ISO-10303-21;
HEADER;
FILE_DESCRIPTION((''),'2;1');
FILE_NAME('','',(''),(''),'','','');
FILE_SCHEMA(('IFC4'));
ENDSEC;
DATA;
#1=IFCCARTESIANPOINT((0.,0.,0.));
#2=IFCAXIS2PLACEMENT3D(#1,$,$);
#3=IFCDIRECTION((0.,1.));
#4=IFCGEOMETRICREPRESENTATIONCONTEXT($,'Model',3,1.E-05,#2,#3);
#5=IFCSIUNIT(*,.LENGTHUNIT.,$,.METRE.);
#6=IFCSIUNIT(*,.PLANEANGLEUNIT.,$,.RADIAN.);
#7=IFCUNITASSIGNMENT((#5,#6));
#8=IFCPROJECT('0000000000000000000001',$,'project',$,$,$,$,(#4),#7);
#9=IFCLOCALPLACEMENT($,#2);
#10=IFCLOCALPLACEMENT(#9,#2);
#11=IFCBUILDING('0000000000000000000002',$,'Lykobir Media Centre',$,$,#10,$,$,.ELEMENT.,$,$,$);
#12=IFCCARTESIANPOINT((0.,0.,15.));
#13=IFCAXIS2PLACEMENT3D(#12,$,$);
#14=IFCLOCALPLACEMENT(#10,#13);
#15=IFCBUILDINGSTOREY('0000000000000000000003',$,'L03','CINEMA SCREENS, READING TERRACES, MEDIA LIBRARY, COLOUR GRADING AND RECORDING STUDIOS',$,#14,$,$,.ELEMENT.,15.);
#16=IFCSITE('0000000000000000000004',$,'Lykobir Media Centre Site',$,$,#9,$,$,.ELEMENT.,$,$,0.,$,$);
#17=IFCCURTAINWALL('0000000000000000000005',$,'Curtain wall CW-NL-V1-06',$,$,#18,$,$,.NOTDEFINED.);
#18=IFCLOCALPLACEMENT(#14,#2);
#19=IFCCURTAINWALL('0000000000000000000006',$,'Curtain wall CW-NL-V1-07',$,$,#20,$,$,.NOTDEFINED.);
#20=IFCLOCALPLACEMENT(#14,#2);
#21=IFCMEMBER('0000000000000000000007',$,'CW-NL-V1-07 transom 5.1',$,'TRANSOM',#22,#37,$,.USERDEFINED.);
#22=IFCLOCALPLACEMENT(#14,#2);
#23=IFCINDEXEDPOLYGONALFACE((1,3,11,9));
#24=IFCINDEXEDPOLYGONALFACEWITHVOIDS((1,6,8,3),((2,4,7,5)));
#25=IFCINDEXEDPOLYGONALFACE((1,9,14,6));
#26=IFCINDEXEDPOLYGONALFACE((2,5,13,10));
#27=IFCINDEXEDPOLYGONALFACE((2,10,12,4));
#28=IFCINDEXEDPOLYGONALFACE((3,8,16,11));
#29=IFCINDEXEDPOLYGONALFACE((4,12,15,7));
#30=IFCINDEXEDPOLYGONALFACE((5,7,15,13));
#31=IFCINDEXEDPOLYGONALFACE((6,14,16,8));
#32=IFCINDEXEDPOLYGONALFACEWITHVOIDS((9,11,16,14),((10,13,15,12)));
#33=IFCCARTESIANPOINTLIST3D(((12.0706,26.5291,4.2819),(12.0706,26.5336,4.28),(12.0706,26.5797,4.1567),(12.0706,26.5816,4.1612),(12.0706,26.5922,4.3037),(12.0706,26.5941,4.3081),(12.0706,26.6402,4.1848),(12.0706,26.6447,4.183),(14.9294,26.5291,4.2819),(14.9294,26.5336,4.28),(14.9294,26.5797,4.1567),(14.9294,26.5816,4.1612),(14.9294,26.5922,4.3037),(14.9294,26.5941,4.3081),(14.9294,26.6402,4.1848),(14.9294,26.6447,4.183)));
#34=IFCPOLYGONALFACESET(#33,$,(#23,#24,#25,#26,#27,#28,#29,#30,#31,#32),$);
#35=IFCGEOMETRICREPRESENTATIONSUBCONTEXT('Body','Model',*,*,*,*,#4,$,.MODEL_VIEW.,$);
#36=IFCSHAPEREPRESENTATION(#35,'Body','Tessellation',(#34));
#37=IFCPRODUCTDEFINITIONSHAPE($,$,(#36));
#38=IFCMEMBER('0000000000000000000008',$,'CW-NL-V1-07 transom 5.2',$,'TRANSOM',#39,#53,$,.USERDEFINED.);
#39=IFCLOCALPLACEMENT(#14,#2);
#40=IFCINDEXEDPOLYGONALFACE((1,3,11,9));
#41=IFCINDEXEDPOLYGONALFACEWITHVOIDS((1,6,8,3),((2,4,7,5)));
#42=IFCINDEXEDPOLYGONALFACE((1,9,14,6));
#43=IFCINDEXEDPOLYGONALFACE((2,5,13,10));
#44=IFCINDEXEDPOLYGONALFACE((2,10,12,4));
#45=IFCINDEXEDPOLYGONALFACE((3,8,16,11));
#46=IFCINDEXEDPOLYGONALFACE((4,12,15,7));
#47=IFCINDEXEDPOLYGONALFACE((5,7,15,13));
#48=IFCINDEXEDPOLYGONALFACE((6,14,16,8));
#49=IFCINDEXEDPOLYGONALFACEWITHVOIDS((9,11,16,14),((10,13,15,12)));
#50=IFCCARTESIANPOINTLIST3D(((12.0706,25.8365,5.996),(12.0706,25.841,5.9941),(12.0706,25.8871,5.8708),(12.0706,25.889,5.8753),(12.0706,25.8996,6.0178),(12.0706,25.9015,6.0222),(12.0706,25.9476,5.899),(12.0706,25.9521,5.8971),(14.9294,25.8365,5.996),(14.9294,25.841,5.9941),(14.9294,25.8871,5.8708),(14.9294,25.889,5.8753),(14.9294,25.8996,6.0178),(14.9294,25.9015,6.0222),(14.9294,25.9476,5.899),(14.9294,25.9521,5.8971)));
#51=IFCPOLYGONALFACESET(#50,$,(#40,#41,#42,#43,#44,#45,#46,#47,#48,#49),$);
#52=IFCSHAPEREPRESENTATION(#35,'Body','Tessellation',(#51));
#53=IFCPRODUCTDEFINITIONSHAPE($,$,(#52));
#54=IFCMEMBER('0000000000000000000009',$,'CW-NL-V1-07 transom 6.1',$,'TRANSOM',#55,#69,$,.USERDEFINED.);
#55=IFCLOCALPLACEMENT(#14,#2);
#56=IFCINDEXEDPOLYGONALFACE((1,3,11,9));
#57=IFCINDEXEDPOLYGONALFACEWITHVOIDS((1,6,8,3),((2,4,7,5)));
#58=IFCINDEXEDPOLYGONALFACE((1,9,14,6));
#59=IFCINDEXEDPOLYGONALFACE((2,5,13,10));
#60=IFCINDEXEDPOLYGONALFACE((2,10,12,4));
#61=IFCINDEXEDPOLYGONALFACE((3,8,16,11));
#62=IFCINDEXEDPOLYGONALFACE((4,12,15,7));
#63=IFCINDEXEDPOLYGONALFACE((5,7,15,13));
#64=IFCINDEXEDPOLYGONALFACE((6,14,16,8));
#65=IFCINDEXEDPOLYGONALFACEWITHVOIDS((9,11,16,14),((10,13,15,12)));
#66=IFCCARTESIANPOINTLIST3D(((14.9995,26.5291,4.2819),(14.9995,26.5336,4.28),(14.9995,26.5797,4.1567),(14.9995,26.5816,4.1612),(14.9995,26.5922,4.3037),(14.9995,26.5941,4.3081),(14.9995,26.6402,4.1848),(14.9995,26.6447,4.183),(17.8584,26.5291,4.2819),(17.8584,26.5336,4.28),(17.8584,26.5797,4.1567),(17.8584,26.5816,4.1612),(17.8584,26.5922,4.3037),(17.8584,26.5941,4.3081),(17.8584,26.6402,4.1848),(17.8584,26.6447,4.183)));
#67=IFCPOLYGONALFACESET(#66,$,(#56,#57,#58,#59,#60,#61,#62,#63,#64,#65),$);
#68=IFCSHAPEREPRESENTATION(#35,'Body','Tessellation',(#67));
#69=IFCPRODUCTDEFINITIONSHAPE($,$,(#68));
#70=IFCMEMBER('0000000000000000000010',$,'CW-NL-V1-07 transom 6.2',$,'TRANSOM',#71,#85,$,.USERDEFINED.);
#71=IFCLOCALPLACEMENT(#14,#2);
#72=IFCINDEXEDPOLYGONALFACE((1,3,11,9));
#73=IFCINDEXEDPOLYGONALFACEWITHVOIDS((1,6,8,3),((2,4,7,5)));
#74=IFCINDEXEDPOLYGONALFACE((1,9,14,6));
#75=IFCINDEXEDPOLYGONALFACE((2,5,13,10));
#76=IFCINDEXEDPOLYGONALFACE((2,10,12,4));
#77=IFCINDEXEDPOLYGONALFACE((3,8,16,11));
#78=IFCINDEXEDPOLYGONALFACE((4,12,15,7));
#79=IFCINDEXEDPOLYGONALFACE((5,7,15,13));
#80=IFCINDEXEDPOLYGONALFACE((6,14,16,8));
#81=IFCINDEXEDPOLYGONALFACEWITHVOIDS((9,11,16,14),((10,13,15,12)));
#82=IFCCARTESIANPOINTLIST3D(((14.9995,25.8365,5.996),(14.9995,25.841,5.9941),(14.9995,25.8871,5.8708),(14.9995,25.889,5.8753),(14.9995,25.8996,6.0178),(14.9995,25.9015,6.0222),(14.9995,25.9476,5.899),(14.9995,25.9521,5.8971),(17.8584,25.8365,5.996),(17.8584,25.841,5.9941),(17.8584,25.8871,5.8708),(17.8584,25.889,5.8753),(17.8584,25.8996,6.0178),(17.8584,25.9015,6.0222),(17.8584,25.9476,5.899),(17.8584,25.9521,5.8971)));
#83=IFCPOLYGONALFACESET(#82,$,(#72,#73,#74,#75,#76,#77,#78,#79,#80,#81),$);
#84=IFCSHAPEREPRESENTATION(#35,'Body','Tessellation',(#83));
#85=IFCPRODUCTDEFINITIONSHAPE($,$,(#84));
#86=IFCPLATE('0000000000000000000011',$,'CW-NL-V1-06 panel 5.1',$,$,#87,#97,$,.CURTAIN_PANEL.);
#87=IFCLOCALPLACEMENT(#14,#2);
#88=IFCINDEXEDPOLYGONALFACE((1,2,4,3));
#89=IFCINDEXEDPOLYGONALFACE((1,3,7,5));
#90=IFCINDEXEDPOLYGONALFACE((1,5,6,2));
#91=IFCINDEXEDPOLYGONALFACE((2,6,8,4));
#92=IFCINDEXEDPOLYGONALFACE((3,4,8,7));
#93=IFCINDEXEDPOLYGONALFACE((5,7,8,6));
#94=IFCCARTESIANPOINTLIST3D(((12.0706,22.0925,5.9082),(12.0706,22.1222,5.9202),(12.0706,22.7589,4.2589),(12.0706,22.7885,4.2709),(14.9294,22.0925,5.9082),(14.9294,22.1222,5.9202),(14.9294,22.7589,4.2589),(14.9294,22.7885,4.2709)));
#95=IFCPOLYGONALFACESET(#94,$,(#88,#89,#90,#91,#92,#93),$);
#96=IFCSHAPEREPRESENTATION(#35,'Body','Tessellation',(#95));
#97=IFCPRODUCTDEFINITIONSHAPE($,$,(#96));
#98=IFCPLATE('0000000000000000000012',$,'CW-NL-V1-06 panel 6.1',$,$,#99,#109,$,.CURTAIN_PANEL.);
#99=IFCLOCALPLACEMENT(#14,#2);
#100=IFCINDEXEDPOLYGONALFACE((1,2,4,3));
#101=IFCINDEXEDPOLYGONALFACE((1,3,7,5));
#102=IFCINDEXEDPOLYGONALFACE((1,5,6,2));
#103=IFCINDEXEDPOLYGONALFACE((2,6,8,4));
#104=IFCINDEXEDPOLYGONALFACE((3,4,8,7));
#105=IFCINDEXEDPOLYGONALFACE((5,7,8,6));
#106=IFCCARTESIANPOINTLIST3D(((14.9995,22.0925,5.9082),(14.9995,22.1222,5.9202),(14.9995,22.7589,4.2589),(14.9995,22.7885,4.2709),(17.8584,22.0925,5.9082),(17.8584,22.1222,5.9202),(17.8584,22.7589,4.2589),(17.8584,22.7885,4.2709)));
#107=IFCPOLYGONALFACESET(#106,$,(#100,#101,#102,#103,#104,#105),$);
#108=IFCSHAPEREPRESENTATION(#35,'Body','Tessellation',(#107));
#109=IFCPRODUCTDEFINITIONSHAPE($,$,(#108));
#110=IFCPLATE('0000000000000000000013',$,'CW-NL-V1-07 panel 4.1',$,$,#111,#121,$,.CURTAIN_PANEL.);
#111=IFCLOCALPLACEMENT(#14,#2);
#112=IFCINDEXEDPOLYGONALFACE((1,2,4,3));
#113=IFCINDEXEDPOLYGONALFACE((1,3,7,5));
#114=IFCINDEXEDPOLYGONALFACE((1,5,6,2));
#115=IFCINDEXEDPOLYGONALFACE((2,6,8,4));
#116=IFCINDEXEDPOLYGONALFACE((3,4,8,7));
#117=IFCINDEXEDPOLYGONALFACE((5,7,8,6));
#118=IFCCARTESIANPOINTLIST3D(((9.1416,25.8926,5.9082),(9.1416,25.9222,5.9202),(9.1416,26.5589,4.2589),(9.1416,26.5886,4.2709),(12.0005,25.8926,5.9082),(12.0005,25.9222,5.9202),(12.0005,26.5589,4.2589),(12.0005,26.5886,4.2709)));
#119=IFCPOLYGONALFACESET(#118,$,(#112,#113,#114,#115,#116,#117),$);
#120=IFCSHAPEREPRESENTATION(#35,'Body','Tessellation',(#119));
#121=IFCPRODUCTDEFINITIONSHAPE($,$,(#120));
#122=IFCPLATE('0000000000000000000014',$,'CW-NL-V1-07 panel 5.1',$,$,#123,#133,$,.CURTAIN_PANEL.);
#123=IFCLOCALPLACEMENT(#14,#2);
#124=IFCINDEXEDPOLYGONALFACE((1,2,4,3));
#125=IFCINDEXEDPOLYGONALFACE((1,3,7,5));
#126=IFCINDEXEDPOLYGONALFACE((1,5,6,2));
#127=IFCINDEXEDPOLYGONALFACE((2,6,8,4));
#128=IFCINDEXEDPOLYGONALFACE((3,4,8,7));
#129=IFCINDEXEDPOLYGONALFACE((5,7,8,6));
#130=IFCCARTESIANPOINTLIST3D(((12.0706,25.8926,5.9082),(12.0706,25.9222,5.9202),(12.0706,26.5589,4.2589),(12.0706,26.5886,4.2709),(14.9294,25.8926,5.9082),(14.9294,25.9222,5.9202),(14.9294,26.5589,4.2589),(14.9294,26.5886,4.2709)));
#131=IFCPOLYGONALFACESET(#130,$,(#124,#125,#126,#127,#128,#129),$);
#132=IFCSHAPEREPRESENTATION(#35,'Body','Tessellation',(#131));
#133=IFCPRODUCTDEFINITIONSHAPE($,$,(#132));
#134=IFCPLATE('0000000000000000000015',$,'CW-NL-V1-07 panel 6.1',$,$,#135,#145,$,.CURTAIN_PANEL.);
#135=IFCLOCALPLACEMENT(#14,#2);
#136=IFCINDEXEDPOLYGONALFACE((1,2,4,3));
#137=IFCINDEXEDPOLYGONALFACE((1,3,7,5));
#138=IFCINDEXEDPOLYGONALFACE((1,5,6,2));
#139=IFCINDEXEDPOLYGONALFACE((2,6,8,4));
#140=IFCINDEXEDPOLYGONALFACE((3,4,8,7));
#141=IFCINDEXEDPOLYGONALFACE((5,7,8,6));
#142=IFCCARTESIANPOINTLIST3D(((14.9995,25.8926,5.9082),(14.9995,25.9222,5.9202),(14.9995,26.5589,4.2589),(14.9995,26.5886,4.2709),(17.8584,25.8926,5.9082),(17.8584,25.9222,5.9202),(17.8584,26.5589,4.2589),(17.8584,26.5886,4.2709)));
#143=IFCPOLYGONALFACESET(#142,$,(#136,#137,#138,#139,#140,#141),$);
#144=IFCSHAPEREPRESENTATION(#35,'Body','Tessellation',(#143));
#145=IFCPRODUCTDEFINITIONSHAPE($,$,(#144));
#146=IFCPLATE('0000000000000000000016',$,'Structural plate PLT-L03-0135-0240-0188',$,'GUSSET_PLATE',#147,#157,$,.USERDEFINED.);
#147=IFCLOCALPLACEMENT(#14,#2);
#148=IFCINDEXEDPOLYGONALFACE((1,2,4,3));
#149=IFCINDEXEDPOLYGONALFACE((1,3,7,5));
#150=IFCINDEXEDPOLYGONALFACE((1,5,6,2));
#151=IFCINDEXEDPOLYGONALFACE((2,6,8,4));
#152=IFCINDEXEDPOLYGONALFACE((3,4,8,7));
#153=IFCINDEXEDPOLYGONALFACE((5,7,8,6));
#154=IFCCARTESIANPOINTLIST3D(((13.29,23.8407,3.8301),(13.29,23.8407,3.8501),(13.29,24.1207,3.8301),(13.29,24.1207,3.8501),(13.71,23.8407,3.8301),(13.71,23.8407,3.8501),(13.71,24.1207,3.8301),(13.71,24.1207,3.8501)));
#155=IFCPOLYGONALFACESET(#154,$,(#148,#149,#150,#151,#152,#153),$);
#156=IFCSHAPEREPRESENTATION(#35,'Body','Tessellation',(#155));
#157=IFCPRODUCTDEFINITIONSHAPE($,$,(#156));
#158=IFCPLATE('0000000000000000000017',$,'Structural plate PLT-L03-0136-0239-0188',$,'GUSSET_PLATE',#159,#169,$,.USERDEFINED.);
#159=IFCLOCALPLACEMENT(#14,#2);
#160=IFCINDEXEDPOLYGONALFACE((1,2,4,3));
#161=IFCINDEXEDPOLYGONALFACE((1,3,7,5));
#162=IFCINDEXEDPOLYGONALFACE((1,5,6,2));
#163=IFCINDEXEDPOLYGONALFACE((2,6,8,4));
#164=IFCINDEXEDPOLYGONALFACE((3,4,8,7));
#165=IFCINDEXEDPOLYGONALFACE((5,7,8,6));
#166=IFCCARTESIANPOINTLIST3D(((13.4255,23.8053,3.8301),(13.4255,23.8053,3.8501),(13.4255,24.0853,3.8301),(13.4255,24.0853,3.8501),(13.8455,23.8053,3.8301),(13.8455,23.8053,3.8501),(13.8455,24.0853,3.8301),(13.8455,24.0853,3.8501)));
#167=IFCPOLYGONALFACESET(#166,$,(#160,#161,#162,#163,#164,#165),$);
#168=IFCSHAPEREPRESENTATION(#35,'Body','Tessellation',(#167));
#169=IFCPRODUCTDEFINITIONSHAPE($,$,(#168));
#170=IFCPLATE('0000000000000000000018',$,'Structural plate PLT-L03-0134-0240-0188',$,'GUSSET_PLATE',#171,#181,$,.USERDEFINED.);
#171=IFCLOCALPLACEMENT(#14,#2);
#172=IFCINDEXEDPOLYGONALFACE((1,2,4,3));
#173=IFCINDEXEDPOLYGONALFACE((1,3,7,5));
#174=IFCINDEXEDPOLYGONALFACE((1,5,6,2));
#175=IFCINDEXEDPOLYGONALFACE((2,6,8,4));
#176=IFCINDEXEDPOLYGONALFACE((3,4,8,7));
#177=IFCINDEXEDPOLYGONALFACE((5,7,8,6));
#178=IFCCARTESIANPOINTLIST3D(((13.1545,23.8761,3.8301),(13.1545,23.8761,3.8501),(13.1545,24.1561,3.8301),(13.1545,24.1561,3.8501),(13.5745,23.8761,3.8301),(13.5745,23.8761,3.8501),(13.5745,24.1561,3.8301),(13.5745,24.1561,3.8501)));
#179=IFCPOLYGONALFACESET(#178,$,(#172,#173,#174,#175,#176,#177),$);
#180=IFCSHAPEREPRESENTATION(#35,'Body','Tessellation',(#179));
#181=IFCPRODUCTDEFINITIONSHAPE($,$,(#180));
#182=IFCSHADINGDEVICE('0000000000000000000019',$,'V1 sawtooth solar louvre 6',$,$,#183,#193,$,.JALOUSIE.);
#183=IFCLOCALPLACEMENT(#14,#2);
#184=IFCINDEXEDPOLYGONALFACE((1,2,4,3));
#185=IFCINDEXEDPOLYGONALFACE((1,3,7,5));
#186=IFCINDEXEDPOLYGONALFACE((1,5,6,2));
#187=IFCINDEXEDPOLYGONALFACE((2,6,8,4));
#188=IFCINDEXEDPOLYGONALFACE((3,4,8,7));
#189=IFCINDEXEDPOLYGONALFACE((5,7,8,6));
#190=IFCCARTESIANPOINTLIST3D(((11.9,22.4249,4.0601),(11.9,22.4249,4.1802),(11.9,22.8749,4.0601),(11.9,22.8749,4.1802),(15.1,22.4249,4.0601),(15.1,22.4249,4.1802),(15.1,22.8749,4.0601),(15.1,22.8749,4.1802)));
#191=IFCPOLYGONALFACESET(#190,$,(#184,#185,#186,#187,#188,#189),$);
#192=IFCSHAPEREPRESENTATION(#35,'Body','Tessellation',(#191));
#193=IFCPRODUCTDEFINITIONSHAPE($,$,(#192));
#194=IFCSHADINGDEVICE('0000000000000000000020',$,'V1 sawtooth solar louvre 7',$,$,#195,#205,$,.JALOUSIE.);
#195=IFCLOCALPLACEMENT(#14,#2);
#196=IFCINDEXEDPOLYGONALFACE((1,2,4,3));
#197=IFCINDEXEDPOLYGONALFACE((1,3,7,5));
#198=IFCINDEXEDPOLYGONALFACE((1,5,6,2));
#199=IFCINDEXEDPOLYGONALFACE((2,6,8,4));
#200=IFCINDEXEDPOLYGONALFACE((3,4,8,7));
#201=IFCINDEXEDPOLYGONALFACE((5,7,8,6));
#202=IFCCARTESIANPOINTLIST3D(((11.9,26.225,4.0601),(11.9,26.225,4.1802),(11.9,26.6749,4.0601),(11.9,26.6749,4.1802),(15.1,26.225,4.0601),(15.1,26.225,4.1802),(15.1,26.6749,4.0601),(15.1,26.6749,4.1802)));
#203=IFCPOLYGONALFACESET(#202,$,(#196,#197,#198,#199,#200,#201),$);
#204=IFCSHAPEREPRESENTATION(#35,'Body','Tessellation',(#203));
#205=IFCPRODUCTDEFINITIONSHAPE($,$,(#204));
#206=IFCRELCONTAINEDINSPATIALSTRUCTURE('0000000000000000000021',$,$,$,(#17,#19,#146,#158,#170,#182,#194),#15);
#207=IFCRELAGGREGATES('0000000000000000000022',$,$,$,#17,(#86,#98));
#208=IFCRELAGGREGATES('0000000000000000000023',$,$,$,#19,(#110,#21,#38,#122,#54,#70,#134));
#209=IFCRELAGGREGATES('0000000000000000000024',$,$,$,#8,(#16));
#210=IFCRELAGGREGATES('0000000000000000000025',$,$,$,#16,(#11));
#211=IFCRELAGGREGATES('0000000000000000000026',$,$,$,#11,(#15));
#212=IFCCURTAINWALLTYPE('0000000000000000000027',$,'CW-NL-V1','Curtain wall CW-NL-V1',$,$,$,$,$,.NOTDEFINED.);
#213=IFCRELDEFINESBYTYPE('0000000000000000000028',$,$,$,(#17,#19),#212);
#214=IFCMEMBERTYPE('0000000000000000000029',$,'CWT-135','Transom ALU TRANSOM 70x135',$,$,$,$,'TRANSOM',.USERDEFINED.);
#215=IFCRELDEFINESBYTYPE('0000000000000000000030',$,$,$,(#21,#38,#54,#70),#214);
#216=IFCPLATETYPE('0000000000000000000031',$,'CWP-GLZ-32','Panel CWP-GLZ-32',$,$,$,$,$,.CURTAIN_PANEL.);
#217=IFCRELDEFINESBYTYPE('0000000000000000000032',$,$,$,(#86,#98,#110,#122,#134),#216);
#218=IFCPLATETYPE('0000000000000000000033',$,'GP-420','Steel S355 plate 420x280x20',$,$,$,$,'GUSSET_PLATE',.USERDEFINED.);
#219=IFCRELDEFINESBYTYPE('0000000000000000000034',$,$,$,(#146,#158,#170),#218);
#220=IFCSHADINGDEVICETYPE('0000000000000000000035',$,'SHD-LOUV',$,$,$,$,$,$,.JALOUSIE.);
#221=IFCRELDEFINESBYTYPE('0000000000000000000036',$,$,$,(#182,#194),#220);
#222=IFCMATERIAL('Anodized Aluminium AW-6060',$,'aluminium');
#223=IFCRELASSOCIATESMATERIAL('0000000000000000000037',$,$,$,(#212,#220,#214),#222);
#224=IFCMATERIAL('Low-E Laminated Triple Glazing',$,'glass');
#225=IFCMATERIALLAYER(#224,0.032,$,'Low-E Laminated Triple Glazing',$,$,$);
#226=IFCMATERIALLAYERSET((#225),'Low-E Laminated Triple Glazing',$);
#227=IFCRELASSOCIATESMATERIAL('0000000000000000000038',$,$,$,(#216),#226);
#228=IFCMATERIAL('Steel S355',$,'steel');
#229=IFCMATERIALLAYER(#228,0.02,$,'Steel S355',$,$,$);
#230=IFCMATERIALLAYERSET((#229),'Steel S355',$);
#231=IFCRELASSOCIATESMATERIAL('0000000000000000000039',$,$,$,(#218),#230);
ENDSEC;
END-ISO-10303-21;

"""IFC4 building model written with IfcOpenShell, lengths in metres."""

from ifc_helpers import new_model, si_unit, direction, frame, origin, origin_2d, place, context, subcontext, project, spatial, rectangle, hollow_rectangle, extrude, material, layer, layer_set, material_profile, profile_set, type_object, element, aggregate, save


model = new_model("IFC4")

# Units and contexts
model_context = context("Model", 3, precision=1e-05, world=origin(), true_north=direction((0.0, 1.0)))
body_context = subcontext(model_context, "Body", "Model", "MODEL_VIEW")
ifc_project = project(units=[si_unit("LENGTHUNIT", "METRE"), si_unit("PLANEANGLEUNIT", "RADIAN")], contexts=[model_context])

# Site, building, storey
site_placement = place(None, origin())
site = spatial("IfcSite", under=ifc_project, at=site_placement, Name="Lykobir Media Centre Site", CompositionType="ELEMENT", RefElevation=0.0)
building_placement = place(site_placement, origin())
building = spatial("IfcBuilding", under=site, at=building_placement, Name="Lykobir Media Centre", CompositionType="ELEMENT")
storey_placement = place(building_placement, frame((0.0, 0.0, 15.0)))
storey = spatial("IfcBuildingStorey", under=building, at=storey_placement, Name="L03", Description="CINEMA SCREENS, READING TERRACES, MEDIA LIBRARY, COLOUR GRADING AND RECORDING STUDIOS", CompositionType="ELEMENT", Elevation=15.0)

# Shared definitions
ifc_material_1 = material(Name="Steel S355", Category="steel")

# Curtain walls
ifc_material_2 = material(Name="Anodized Aluminium AW-6060", Category="aluminium")
curtain_wall_type = type_object("IfcCurtainWallType", Name="CW-NL-V1", Description="Curtain wall CW-NL-V1", PredefinedType="NOTDEFINED", material=ifc_material_2)
curtain_wall_1_placement = place(storey_placement, origin())
curtain_wall_1 = element("IfcCurtainWall", 1, at=curtain_wall_1_placement, inside=storey, type_object=curtain_wall_type, Name="Curtain wall CW-NL-V1-06", PredefinedType="NOTDEFINED")
curtain_wall_2_placement = place(storey_placement, origin())
curtain_wall_2 = element("IfcCurtainWall", 2, at=curtain_wall_2_placement, inside=storey, type_object=curtain_wall_type, Name="Curtain wall CW-NL-V1-07", PredefinedType="NOTDEFINED")

# Members
ifc_material_profile_1 = material_profile(ifc_material_2, hollow_rectangle(XDim=0.0701, YDim=0.135, WallThickness=0.0034, at=origin_2d()), Name="ALU TRANSOM 70x135")
ifc_profile_set_1 = profile_set([ifc_material_profile_1], Name="Anodized Aluminium AW-6060")
member_type_1 = type_object("IfcMemberType", Name="CWT-135", Description="Transom ALU TRANSOM 70x135", ElementType="TRANSOM", PredefinedType="USERDEFINED", material=ifc_profile_set_1)
member_1_placement = place(storey_placement, frame((12.0706, 26.5869, 4.2324), z_axis=(1.0, 0.0, 0.0), x_axis=(0.0, 0.927184, 0.374607)))
member_1 = element("IfcMember", 3, at=member_1_placement, type_object=member_type_1, Name="CW-NL-V1-07 transom 5.1", ObjectType="TRANSOM", PredefinedType="USERDEFINED", context=body_context, shape_type="SweptSolid", body=[
    extrude(hollow_rectangle(XDim=0.0701, YDim=0.135, WallThickness=0.0034, at=origin_2d()), origin(), (0.0, 0.0, 1.0), 2.8589),
])
member_2_placement = place(storey_placement, frame((12.0706, 25.8943, 5.9465), z_axis=(1.0, 0.0, 0.0), x_axis=(0.0, 0.927184, 0.374607)))
member_2 = element("IfcMember", 4, at=member_2_placement, type_object=member_type_1, Name="CW-NL-V1-07 transom 5.2", ObjectType="TRANSOM", PredefinedType="USERDEFINED", context=body_context, shape_type="SweptSolid", body=[
    extrude(hollow_rectangle(XDim=0.0701, YDim=0.135, WallThickness=0.0034, at=origin_2d()), origin(), (0.0, 0.0, 1.0), 2.8589),
])
member_3_placement = place(storey_placement, frame((14.9995, 26.5869, 4.2324), z_axis=(1.0, 0.0, 0.0), x_axis=(0.0, 0.927184, 0.374607)))
member_3 = element("IfcMember", 5, at=member_3_placement, type_object=member_type_1, Name="CW-NL-V1-07 transom 6.1", ObjectType="TRANSOM", PredefinedType="USERDEFINED", context=body_context, shape_type="SweptSolid", body=[
    extrude(hollow_rectangle(XDim=0.0701, YDim=0.135, WallThickness=0.0034, at=origin_2d()), origin(), (0.0, 0.0, 1.0), 2.8589),
])
member_4_placement = place(storey_placement, frame((14.9995, 25.8943, 5.9465), z_axis=(1.0, 0.0, 0.0), x_axis=(0.0, 0.927184, 0.374607)))
member_4 = element("IfcMember", 6, at=member_4_placement, type_object=member_type_1, Name="CW-NL-V1-07 transom 6.2", ObjectType="TRANSOM", PredefinedType="USERDEFINED", context=body_context, shape_type="SweptSolid", body=[
    extrude(hollow_rectangle(XDim=0.0701, YDim=0.135, WallThickness=0.0034, at=origin_2d()), origin(), (0.0, 0.0, 1.0), 2.8589),
])

# Plates
ifc_material_3 = material(Name="Low-E Laminated Triple Glazing", Category="glass")
ifc_layer_1 = layer(ifc_material_3, 0.032, Name="Low-E Laminated Triple Glazing")
ifc_layer_set_1 = layer_set([ifc_layer_1], Name="Low-E Laminated Triple Glazing")
plate_type_1 = type_object("IfcPlateType", Name="CWP-GLZ-32", Description="Panel CWP-GLZ-32", PredefinedType="CURTAIN_PANEL", material=ifc_layer_set_1)
plate_1_placement = place(storey_placement, frame((13.5, 22.7737, 4.2649), z_axis=(0.0, -0.374607, 0.927184), x_axis=(1.0, 0.0, 0.0)))
plate_1 = element("IfcPlate", 7, at=plate_1_placement, type_object=plate_type_1, Name="CW-NL-V1-06 panel 5.1", PredefinedType="CURTAIN_PANEL", context=body_context, shape_type="SweptSolid", body=[
    extrude(rectangle(XDim=2.8589, YDim=0.032, at=origin_2d()), origin(), (0.0, 0.0, 1.0), 1.7788),
])
plate_2_placement = place(storey_placement, frame((16.429, 22.7737, 4.2649), z_axis=(0.0, -0.374607, 0.927184), x_axis=(1.0, 0.0, 0.0)))
plate_2 = element("IfcPlate", 8, at=plate_2_placement, type_object=plate_type_1, Name="CW-NL-V1-06 panel 6.1", PredefinedType="CURTAIN_PANEL", context=body_context, shape_type="SweptSolid", body=[
    extrude(rectangle(XDim=2.8589, YDim=0.032, at=origin_2d()), origin(), (0.0, 0.0, 1.0), 1.7788),
])
aggregate(curtain_wall_1, [plate_1, plate_2])
plate_3_placement = place(storey_placement, frame((10.571, 26.5737, 4.2649), z_axis=(0.0, -0.374607, 0.927184), x_axis=(1.0, 0.0, 0.0)))
plate_3 = element("IfcPlate", 9, at=plate_3_placement, type_object=plate_type_1, Name="CW-NL-V1-07 panel 4.1", PredefinedType="CURTAIN_PANEL", context=body_context, shape_type="SweptSolid", body=[
    extrude(rectangle(XDim=2.8589, YDim=0.032, at=origin_2d()), origin(), (0.0, 0.0, 1.0), 1.7788),
])
plate_4_placement = place(storey_placement, frame((13.5, 26.5737, 4.2649), z_axis=(0.0, -0.374607, 0.927184), x_axis=(1.0, 0.0, 0.0)))
plate_4 = element("IfcPlate", 10, at=plate_4_placement, type_object=plate_type_1, Name="CW-NL-V1-07 panel 5.1", PredefinedType="CURTAIN_PANEL", context=body_context, shape_type="SweptSolid", body=[
    extrude(rectangle(XDim=2.8589, YDim=0.032, at=origin_2d()), origin(), (0.0, 0.0, 1.0), 1.7788),
])
plate_5_placement = place(storey_placement, frame((16.429, 26.5737, 4.2649), z_axis=(0.0, -0.374607, 0.927184), x_axis=(1.0, 0.0, 0.0)))
plate_5 = element("IfcPlate", 11, at=plate_5_placement, type_object=plate_type_1, Name="CW-NL-V1-07 panel 6.1", PredefinedType="CURTAIN_PANEL", context=body_context, shape_type="SweptSolid", body=[
    extrude(rectangle(XDim=2.8589, YDim=0.032, at=origin_2d()), origin(), (0.0, 0.0, 1.0), 1.7788),
])
aggregate(curtain_wall_2, [plate_3, member_1, member_2, plate_4, member_3, member_4, plate_5])

# Plates
ifc_layer_2 = layer(ifc_material_1, 0.02, Name="Steel S355")
ifc_layer_set_2 = layer_set([ifc_layer_2], Name="Steel S355")
plate_type_2 = type_object("IfcPlateType", Name="GP-420", Description="Steel S355 plate 420x280x20", ElementType="GUSSET_PLATE", PredefinedType="USERDEFINED", material=ifc_layer_set_2)
for number, where, z_axis, x_axis, name in (
    (12, (13.5, 23.9807, 3.8301), (0.0, 0.0, 1.0), (1.0, 0.0, 0.0), "Structural plate PLT-L03-0135-0240-0188"),
    (13, (13.6355, 23.9453, 3.8301), (0.0, 0.0, 1.0), (1.0, 0.0, 0.0), "Structural plate PLT-L03-0136-0239-0188"),
    (14, (13.3645, 24.0161, 3.8301), (0.0, 0.0, 1.0), (1.0, 0.0, 0.0), "Structural plate PLT-L03-0134-0240-0188"),
):
    element("IfcPlate", number, at=place(storey_placement, frame(where, z_axis=z_axis, x_axis=x_axis)), inside=storey, type_object=plate_type_2, Name=name, ObjectType="GUSSET_PLATE", PredefinedType="USERDEFINED", context=body_context, shape_type="SweptSolid", body=[
        extrude(rectangle(XDim=0.4199, YDim=0.28, at=origin_2d()), origin(), (0.0, 0.0, 1.0), 0.02),
    ])

# Shading devices
shading_device_type = type_object("IfcShadingDeviceType", Name="SHD-LOUV", PredefinedType="JALOUSIE", material=ifc_material_2)
for number, where, z_axis, x_axis, name in (
    (15, (13.5, 22.6499, 4.0601), (0.0, 0.0, 1.0), (1.0, 0.0, 0.0), "V1 sawtooth solar louvre 6"),
    (16, (13.5, 26.45, 4.0601), (0.0, 0.0, 1.0), (1.0, 0.0, 0.0), "V1 sawtooth solar louvre 7"),
):
    element("IfcShadingDevice", number, at=place(storey_placement, frame(where, z_axis=z_axis, x_axis=x_axis)), inside=storey, type_object=shading_device_type, Name=name, PredefinedType="JALOUSIE", context=body_context, shape_type="SweptSolid", body=[
        extrude(rectangle(XDim=3.2, YDim=0.45, at=origin_2d()), origin(), (0.0, 0.0, 1.0), 0.1201),
    ])

save(model, "model.ifc")
